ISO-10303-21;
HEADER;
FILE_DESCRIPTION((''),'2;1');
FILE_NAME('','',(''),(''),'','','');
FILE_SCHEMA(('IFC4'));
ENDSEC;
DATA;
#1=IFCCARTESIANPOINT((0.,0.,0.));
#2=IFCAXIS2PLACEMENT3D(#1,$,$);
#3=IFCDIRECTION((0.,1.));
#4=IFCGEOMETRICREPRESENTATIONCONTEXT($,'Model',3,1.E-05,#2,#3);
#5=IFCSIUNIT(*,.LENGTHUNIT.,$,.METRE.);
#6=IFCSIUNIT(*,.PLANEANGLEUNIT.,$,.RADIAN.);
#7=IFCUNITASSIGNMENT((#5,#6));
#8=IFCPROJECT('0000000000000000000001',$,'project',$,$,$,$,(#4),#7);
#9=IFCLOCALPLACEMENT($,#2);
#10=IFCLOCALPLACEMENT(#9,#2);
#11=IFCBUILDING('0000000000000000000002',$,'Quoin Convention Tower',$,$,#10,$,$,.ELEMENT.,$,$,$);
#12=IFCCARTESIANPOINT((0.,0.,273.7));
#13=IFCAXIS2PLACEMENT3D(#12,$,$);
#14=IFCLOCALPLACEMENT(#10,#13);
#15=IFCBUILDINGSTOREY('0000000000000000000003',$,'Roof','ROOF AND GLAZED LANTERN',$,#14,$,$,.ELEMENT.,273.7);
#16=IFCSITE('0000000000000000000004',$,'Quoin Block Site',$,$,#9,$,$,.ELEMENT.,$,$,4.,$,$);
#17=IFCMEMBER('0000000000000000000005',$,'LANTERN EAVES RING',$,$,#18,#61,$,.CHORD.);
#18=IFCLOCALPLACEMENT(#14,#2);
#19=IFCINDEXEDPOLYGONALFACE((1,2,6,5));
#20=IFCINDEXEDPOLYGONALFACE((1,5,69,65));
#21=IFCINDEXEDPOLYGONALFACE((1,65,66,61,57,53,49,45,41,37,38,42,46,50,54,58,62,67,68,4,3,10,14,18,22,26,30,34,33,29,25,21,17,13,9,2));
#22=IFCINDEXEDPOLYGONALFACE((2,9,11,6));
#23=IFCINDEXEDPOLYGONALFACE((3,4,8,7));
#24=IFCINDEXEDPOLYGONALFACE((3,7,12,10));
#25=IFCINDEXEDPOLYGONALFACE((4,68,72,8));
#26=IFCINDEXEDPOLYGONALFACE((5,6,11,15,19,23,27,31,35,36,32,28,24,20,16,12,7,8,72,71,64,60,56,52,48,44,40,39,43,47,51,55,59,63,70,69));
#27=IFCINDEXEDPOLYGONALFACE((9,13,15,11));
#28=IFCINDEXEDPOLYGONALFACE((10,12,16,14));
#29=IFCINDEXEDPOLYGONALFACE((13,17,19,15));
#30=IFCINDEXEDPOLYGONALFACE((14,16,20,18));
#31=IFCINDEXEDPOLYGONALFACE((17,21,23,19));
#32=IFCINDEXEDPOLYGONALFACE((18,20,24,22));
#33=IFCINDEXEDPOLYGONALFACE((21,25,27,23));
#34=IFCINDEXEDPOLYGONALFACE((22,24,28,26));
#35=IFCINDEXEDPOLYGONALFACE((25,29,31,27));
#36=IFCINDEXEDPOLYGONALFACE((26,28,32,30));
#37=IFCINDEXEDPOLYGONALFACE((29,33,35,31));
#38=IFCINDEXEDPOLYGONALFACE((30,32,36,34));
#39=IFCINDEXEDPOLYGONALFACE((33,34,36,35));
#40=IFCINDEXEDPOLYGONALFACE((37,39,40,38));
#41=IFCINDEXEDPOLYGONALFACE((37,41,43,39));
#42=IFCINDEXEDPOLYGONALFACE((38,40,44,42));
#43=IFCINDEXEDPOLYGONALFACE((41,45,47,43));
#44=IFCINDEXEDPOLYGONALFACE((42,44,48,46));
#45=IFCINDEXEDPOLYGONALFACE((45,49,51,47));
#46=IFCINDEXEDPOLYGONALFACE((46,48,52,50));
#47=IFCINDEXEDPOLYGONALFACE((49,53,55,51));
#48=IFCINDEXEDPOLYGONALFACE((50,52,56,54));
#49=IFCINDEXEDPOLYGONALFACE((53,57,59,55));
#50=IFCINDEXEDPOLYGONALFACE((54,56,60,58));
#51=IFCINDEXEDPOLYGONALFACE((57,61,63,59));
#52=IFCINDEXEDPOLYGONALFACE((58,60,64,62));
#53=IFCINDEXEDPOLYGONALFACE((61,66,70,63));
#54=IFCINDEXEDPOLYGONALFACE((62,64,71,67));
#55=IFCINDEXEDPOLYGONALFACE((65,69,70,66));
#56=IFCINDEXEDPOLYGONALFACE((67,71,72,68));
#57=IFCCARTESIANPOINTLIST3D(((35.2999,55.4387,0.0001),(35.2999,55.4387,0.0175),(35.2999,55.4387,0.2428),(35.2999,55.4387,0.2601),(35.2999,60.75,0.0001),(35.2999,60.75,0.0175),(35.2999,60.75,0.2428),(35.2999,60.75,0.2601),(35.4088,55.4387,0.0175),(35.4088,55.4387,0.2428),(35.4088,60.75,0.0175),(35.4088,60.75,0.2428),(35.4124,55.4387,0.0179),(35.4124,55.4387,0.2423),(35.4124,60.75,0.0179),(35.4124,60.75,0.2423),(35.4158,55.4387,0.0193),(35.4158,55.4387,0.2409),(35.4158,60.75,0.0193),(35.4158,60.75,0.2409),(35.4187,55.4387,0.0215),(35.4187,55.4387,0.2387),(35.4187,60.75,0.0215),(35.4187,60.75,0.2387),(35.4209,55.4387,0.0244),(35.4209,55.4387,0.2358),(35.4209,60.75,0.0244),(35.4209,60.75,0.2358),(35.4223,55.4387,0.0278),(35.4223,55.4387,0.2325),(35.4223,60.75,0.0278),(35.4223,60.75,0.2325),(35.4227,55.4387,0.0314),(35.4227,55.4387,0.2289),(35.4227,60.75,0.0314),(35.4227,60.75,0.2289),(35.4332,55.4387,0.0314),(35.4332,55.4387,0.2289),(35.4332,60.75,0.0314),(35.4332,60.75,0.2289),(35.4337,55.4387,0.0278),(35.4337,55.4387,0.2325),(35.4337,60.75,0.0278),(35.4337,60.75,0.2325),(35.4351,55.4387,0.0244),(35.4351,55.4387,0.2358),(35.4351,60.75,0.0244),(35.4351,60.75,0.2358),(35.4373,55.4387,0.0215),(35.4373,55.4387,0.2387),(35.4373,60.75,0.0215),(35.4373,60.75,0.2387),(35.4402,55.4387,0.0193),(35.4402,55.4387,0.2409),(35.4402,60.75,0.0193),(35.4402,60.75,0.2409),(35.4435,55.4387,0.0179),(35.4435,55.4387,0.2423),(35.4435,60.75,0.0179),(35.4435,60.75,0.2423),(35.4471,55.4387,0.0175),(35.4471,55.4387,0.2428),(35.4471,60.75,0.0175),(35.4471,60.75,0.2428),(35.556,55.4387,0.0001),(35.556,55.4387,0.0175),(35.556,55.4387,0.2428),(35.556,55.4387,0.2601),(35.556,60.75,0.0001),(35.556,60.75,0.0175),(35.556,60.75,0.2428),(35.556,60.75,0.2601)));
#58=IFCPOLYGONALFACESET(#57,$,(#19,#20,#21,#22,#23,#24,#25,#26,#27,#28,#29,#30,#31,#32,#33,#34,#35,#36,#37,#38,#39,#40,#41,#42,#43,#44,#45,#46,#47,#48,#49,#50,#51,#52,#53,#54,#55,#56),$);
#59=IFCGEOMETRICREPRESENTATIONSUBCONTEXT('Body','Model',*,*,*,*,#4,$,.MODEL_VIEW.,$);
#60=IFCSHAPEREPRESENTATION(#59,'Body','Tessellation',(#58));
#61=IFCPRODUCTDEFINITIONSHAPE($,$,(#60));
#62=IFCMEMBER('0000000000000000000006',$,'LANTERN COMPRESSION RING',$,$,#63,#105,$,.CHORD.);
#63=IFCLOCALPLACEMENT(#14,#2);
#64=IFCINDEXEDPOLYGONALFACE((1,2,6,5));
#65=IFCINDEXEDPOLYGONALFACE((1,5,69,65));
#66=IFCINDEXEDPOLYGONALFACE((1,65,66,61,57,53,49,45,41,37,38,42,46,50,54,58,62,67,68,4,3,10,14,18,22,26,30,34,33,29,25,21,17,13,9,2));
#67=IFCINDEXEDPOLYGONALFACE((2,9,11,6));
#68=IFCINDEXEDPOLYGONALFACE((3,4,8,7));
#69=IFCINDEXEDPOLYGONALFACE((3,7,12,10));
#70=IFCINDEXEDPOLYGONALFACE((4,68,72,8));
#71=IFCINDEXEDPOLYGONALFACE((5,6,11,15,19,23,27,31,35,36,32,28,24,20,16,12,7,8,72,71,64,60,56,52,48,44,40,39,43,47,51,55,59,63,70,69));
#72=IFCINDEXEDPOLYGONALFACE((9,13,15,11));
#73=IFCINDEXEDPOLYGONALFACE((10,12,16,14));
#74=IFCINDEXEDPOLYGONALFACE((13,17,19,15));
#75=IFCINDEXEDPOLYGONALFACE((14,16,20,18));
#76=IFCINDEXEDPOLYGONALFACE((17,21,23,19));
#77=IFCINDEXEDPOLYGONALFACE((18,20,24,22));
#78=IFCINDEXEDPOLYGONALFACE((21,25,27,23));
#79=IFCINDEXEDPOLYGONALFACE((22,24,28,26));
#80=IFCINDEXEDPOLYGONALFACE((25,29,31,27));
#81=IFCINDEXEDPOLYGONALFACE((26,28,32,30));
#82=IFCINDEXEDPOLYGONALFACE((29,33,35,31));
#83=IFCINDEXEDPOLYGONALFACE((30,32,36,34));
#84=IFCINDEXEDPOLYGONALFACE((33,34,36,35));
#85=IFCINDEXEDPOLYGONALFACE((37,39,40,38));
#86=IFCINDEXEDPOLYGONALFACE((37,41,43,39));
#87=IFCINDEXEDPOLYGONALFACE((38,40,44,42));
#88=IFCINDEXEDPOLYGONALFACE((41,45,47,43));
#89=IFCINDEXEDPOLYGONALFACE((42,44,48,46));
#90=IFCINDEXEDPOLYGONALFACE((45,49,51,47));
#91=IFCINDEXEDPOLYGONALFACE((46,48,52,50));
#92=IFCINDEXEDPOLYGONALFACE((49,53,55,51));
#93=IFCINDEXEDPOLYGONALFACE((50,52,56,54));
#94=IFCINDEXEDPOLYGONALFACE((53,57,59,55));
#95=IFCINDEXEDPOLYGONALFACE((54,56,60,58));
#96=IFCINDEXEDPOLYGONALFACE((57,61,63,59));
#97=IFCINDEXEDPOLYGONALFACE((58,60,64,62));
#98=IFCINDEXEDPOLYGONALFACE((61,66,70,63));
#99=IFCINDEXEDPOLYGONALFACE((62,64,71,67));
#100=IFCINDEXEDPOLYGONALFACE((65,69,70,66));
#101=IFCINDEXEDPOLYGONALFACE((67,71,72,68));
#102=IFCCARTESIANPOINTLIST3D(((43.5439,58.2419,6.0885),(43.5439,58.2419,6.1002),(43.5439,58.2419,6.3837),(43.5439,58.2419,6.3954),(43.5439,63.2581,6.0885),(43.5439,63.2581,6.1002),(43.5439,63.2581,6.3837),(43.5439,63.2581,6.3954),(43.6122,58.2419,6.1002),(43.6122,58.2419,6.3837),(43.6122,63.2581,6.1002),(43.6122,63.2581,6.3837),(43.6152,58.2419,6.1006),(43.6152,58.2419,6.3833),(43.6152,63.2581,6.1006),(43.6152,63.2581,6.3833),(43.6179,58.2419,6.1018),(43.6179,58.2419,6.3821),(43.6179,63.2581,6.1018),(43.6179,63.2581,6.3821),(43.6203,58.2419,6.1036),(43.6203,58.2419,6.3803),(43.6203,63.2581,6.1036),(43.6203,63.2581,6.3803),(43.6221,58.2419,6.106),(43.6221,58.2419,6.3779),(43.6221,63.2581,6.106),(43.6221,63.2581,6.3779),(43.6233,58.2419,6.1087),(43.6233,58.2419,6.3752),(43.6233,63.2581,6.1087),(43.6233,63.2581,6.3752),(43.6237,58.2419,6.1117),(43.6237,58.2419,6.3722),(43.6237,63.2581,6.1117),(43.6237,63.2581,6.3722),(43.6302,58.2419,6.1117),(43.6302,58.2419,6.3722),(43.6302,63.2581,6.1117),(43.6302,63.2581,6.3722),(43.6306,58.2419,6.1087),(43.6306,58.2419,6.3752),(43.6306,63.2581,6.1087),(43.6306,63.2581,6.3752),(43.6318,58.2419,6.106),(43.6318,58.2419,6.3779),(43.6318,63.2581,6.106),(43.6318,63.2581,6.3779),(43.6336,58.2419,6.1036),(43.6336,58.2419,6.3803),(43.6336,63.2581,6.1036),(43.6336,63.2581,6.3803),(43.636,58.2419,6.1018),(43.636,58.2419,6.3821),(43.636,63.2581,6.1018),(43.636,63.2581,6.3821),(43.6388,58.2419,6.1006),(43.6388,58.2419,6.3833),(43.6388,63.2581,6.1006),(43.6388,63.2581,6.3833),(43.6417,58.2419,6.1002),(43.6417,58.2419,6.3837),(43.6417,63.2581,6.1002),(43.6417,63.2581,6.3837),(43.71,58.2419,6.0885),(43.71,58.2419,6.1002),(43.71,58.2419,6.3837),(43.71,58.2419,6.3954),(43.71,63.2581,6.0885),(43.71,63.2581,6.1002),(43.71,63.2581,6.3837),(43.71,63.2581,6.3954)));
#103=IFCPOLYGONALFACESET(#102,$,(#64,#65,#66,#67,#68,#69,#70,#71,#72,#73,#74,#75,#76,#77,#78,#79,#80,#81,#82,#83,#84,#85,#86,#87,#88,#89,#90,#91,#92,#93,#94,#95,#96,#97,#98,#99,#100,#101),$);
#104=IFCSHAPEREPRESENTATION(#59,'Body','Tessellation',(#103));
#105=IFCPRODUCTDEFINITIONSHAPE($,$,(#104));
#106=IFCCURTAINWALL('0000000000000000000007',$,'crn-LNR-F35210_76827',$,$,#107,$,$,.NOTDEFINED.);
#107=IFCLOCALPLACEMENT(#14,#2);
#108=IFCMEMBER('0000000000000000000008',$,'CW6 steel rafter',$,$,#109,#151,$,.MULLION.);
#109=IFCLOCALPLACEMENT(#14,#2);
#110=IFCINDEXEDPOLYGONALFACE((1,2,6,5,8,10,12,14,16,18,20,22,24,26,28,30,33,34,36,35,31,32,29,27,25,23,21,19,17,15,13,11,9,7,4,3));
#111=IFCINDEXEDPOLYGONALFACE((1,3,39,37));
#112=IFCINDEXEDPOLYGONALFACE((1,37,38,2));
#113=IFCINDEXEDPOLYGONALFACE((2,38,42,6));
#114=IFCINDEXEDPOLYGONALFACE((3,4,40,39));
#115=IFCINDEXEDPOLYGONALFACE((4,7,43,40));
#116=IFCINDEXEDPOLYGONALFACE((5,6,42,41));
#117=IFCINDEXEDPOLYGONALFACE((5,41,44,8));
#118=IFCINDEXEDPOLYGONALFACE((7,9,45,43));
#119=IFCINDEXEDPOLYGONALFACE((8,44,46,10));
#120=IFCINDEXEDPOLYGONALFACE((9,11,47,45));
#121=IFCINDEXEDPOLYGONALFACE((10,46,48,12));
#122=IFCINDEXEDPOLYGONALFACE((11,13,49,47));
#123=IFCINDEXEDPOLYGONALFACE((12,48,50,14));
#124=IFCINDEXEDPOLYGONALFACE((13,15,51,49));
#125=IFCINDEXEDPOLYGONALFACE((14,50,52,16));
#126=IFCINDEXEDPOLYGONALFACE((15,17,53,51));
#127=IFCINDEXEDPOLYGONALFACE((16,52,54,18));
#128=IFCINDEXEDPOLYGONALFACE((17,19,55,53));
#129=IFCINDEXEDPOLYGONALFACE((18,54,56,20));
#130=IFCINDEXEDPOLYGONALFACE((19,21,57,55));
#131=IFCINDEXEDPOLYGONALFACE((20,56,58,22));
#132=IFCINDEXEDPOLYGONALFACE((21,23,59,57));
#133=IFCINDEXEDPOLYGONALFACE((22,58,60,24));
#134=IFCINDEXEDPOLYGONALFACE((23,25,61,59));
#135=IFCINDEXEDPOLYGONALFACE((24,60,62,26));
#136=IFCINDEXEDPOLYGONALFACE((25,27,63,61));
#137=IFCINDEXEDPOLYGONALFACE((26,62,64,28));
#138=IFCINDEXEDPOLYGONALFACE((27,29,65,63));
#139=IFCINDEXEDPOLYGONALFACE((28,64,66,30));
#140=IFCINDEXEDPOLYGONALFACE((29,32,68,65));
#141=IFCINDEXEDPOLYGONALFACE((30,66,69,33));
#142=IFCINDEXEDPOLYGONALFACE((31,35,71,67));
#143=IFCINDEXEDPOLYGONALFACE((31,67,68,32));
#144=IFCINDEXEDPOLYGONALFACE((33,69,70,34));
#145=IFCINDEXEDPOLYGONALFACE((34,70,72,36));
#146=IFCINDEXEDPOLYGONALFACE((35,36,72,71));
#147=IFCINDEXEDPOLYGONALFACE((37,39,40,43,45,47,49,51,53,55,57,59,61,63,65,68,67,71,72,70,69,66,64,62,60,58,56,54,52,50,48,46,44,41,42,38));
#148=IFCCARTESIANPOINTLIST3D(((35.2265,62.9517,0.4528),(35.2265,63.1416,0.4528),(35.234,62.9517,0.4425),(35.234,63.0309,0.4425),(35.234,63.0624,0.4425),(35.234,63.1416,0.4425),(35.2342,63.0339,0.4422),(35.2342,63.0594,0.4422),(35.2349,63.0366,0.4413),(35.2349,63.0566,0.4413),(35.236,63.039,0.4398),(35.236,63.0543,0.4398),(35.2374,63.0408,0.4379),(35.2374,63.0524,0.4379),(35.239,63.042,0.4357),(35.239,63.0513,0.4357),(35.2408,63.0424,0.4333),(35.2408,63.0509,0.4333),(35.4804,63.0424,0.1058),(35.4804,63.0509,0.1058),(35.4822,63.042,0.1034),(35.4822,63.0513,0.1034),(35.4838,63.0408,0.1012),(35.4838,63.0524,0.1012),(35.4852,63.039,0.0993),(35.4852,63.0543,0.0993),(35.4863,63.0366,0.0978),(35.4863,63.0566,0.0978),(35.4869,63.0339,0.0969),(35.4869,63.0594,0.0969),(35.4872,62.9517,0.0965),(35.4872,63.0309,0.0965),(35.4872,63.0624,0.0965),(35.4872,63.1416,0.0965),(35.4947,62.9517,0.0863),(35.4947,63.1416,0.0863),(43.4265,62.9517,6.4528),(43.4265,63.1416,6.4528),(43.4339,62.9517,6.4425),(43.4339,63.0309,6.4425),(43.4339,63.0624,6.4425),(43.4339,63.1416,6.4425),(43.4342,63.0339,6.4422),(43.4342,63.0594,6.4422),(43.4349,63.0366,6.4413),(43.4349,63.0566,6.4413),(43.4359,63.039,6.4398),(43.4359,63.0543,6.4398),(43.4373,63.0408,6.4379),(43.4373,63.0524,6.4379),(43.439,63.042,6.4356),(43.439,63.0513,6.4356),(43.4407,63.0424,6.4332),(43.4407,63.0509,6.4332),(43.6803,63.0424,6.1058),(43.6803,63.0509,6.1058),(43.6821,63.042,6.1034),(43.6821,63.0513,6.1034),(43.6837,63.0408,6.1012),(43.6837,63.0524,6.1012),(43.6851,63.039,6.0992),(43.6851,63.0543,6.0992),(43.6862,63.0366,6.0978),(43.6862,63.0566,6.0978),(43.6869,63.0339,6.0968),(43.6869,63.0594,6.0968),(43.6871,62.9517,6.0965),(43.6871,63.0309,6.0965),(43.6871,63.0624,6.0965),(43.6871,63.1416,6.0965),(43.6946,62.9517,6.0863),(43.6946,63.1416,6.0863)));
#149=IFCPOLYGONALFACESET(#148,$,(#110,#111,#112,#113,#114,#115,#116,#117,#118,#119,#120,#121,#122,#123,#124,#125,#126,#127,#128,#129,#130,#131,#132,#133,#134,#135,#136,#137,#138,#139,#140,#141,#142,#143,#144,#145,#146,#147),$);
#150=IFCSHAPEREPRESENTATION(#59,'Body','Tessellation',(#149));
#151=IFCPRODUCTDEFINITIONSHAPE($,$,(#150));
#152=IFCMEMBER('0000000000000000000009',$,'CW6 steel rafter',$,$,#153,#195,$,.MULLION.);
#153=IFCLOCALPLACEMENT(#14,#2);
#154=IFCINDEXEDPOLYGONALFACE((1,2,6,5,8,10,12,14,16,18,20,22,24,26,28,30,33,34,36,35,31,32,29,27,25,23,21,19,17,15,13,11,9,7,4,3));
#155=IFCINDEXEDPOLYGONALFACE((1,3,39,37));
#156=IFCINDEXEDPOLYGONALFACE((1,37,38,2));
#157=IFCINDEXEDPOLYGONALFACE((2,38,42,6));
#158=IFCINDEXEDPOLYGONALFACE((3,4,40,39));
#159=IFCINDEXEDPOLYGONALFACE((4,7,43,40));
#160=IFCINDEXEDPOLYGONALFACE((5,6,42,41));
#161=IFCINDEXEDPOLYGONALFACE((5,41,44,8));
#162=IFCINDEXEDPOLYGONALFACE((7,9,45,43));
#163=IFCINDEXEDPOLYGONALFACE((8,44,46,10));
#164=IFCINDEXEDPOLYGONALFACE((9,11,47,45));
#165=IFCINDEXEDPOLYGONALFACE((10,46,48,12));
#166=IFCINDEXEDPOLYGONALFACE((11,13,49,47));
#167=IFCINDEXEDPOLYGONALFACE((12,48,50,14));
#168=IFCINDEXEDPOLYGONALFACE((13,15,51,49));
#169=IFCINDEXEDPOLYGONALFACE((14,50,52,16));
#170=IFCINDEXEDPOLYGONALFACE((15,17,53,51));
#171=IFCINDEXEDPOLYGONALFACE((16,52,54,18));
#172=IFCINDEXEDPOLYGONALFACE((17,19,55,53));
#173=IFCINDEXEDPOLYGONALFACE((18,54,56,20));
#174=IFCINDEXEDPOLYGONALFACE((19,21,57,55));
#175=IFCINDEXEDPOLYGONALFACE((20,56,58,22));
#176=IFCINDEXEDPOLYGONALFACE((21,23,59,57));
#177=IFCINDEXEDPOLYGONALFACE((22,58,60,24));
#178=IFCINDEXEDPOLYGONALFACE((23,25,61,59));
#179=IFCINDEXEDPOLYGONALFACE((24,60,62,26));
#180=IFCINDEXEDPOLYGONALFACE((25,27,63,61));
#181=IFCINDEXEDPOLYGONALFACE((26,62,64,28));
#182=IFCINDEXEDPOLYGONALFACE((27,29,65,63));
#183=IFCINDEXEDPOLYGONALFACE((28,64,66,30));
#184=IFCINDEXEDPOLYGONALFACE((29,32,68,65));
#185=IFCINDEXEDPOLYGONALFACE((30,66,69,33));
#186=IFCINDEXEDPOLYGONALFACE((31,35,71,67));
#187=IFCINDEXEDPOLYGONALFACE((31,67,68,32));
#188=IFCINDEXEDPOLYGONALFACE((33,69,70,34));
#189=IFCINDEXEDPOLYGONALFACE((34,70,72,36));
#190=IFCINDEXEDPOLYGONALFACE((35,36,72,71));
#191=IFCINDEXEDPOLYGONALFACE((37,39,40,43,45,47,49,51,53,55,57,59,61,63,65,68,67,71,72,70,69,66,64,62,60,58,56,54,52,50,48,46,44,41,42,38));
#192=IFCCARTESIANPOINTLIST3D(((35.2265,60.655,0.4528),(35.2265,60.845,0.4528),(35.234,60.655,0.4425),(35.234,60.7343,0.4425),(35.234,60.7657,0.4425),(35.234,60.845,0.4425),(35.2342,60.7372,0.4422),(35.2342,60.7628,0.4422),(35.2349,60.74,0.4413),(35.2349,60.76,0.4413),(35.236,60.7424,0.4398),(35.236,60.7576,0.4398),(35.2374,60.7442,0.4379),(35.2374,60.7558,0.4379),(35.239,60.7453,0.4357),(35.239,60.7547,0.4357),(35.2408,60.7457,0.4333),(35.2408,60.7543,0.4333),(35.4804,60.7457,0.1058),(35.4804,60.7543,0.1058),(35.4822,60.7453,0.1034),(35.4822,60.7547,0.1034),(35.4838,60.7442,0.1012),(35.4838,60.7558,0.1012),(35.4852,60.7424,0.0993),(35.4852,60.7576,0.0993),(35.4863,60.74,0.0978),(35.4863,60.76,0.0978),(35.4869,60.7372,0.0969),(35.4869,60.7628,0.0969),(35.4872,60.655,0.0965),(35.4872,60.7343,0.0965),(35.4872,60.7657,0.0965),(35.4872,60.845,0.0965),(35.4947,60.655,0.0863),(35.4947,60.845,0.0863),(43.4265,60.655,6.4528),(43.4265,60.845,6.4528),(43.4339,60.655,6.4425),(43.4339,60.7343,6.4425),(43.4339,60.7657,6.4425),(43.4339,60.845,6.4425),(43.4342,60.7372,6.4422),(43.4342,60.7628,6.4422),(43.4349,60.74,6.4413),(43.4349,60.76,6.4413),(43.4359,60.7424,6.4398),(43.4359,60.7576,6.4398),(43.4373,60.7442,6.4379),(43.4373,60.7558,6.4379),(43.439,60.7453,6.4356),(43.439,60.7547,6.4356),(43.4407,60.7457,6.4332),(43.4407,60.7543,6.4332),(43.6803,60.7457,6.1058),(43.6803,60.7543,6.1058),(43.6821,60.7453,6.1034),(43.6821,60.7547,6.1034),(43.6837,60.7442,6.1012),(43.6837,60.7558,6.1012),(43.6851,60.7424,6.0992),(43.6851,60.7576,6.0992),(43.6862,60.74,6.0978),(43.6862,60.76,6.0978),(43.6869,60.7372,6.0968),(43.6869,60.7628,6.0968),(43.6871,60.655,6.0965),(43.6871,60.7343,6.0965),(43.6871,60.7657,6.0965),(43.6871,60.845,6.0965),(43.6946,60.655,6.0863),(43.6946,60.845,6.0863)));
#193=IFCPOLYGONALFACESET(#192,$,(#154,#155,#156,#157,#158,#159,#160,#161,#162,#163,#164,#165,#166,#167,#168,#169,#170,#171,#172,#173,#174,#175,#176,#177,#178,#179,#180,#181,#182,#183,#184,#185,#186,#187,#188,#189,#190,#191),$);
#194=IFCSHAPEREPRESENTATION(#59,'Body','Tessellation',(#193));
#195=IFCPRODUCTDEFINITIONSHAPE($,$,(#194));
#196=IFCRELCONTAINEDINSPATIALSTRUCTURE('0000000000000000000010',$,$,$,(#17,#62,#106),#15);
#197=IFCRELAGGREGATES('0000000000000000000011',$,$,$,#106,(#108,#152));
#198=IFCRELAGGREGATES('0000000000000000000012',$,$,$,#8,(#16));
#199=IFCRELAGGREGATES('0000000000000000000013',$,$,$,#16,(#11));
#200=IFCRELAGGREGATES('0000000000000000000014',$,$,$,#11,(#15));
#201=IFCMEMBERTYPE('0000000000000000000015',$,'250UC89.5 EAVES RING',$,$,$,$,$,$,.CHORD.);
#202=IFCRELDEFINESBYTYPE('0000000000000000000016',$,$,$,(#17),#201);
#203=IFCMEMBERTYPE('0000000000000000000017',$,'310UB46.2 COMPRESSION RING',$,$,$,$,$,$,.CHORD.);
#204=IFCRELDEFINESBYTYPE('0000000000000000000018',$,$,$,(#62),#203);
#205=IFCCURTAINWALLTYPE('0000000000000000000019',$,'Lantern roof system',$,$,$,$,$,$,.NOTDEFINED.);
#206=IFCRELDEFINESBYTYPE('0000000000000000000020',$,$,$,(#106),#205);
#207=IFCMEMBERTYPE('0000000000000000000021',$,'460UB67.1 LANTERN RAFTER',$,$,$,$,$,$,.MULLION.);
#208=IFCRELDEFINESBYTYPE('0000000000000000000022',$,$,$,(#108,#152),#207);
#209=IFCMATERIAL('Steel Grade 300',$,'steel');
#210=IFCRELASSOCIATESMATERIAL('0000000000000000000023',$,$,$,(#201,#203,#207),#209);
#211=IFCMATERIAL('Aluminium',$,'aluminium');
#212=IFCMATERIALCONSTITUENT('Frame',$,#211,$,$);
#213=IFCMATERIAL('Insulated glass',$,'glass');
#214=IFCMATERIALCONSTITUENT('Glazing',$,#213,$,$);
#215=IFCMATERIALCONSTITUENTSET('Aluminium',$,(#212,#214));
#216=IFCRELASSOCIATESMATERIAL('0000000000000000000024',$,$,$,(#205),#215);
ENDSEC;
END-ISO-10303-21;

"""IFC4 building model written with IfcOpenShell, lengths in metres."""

from ifc_helpers import new_model, si_unit, direction, frame, origin, origin_2d, place, context, subcontext, project, spatial, i_section, extrude, material, constituent, constituent_set, material_profile, profile_set, type_object, element, aggregate, save


model = new_model("IFC4")

# Units and contexts
model_context = context("Model", 3, precision=1e-05, world=origin(), true_north=direction((0.0, 1.0)))
body_context = subcontext(model_context, "Body", "Model", "MODEL_VIEW")
ifc_project = project(units=[si_unit("LENGTHUNIT", "METRE"), si_unit("PLANEANGLEUNIT", "RADIAN")], contexts=[model_context])

# Site, building, storey
site_placement = place(None, origin())
site = spatial("IfcSite", under=ifc_project, at=site_placement, Name="Quoin Block Site", CompositionType="ELEMENT", RefElevation=4.0)
building_placement = place(site_placement, origin())
building = spatial("IfcBuilding", under=site, at=building_placement, Name="Quoin Convention Tower", CompositionType="ELEMENT")
storey_placement = place(building_placement, frame((0.0, 0.0, 273.7)))
storey = spatial("IfcBuildingStorey", under=building, at=storey_placement, Name="Roof", Description="ROOF AND GLAZED LANTERN", CompositionType="ELEMENT", Elevation=273.7)

# Members
ifc_material_1 = material(Name="Steel Grade 300", Category="steel")
ifc_material_profile_1 = material_profile(ifc_material_1, i_section(OverallWidth=0.2561, OverallDepth=0.26, WebThickness=0.0105, FlangeThickness=0.0173, FilletRadius=0.0139, at=origin_2d()), Name="250UC89.5")
ifc_profile_set_1 = profile_set([ifc_material_profile_1], Name="Steel Grade 300")
member_type_1 = type_object("IfcMemberType", Name="250UC89.5 EAVES RING", PredefinedType="CHORD", material=ifc_profile_set_1)
member_1_placement = place(storey_placement, frame((35.428, 60.75, 0.1301), z_axis=(0.0, -1.0, 0.0), x_axis=(1.0, 0.0, 0.0)))
element("IfcMember", 1, at=member_1_placement, inside=storey, type_object=member_type_1, Name="LANTERN EAVES RING", PredefinedType="CHORD", context=body_context, shape_type="SweptSolid", body=[
    extrude(i_section(OverallWidth=0.2561, OverallDepth=0.26, WebThickness=0.0105, FlangeThickness=0.0173, FilletRadius=0.0139, at=origin_2d()), origin(), (0.0, 0.0, 1.0), 5.3113),
])
ifc_material_profile_2 = material_profile(ifc_material_1, i_section(OverallWidth=0.166, OverallDepth=0.3069, WebThickness=0.0066, FlangeThickness=0.0117, FilletRadius=0.0115, at=origin_2d()), Name="310UB46.2")
ifc_profile_set_2 = profile_set([ifc_material_profile_2], Name="Steel Grade 300")
member_type_2 = type_object("IfcMemberType", Name="310UB46.2 COMPRESSION RING", PredefinedType="CHORD", material=ifc_profile_set_2)
member_2_placement = place(storey_placement, frame((43.627, 63.2581, 6.2419), z_axis=(0.0, -1.0, 0.0), x_axis=(1.0, 0.0, 0.0)))
element("IfcMember", 2, at=member_2_placement, inside=storey, type_object=member_type_2, Name="LANTERN COMPRESSION RING", PredefinedType="CHORD", context=body_context, shape_type="SweptSolid", body=[
    extrude(i_section(OverallWidth=0.166, OverallDepth=0.3069, WebThickness=0.0066, FlangeThickness=0.0117, FilletRadius=0.0115, at=origin_2d()), origin(), (0.0, 0.0, 1.0), 5.0161),
])

# Curtain wall, members
ifc_material_2 = material(Name="Aluminium", Category="aluminium")
ifc_constituent_1 = constituent(ifc_material_2, Name="Frame")
ifc_material_3 = material(Name="Insulated glass", Category="glass")
ifc_constituent_2 = constituent(ifc_material_3, Name="Glazing")
ifc_constituent_set = constituent_set(constituents=[ifc_constituent_1, ifc_constituent_2], Name="Aluminium")
curtain_wall_type = type_object("IfcCurtainWallType", Name="Lantern roof system", PredefinedType="NOTDEFINED", material=ifc_constituent_set)
curtain_wall_1_placement = place(storey_placement, origin())
curtain_wall_1 = element("IfcCurtainWall", 3, at=curtain_wall_1_placement, inside=storey, type_object=curtain_wall_type, Name="crn-LNR-F35210_76827", PredefinedType="NOTDEFINED")
ifc_material_profile_3 = material_profile(ifc_material_1, i_section(OverallWidth=0.1899, OverallDepth=0.4541, WebThickness=0.0085, FlangeThickness=0.0127, FilletRadius=0.0115, at=origin_2d()), Name="460UB67.1")
ifc_profile_set_3 = profile_set([ifc_material_profile_3], Name="Steel Grade 300")
member_type_3 = type_object("IfcMemberType", Name="460UB67.1 LANTERN RAFTER", PredefinedType="MULLION", material=ifc_profile_set_3)
member_3_placement = place(storey_placement, frame((35.3606, 63.0466, 0.2695), z_axis=(0.807029, 0.0, 0.590512), x_axis=(0.0, 1.0, 0.0)))
member_3 = element("IfcMember", 4, at=member_3_placement, type_object=member_type_3, Name="CW6 steel rafter", PredefinedType="MULLION", context=body_context, shape_type="SweptSolid", body=[
    extrude(i_section(OverallWidth=0.1899, OverallDepth=0.4541, WebThickness=0.0085, FlangeThickness=0.0127, FilletRadius=0.0115, at=origin_2d()), origin(), (0.0, 0.0, 1.0), 10.1606),
])
member_4_placement = place(storey_placement, frame((35.3606, 60.75, 0.2695), z_axis=(0.807029, 0.0, 0.590512), x_axis=(0.0, 1.0, 0.0)))
member_4 = element("IfcMember", 5, at=member_4_placement, type_object=member_type_3, Name="CW6 steel rafter", PredefinedType="MULLION", context=body_context, shape_type="SweptSolid", body=[
    extrude(i_section(OverallWidth=0.1899, OverallDepth=0.4541, WebThickness=0.0085, FlangeThickness=0.0127, FilletRadius=0.0115, at=origin_2d()), origin(), (0.0, 0.0, 1.0), 10.1606),
])

aggregate(curtain_wall_1, [member_3, member_4])

save(model, "model.ifc")
